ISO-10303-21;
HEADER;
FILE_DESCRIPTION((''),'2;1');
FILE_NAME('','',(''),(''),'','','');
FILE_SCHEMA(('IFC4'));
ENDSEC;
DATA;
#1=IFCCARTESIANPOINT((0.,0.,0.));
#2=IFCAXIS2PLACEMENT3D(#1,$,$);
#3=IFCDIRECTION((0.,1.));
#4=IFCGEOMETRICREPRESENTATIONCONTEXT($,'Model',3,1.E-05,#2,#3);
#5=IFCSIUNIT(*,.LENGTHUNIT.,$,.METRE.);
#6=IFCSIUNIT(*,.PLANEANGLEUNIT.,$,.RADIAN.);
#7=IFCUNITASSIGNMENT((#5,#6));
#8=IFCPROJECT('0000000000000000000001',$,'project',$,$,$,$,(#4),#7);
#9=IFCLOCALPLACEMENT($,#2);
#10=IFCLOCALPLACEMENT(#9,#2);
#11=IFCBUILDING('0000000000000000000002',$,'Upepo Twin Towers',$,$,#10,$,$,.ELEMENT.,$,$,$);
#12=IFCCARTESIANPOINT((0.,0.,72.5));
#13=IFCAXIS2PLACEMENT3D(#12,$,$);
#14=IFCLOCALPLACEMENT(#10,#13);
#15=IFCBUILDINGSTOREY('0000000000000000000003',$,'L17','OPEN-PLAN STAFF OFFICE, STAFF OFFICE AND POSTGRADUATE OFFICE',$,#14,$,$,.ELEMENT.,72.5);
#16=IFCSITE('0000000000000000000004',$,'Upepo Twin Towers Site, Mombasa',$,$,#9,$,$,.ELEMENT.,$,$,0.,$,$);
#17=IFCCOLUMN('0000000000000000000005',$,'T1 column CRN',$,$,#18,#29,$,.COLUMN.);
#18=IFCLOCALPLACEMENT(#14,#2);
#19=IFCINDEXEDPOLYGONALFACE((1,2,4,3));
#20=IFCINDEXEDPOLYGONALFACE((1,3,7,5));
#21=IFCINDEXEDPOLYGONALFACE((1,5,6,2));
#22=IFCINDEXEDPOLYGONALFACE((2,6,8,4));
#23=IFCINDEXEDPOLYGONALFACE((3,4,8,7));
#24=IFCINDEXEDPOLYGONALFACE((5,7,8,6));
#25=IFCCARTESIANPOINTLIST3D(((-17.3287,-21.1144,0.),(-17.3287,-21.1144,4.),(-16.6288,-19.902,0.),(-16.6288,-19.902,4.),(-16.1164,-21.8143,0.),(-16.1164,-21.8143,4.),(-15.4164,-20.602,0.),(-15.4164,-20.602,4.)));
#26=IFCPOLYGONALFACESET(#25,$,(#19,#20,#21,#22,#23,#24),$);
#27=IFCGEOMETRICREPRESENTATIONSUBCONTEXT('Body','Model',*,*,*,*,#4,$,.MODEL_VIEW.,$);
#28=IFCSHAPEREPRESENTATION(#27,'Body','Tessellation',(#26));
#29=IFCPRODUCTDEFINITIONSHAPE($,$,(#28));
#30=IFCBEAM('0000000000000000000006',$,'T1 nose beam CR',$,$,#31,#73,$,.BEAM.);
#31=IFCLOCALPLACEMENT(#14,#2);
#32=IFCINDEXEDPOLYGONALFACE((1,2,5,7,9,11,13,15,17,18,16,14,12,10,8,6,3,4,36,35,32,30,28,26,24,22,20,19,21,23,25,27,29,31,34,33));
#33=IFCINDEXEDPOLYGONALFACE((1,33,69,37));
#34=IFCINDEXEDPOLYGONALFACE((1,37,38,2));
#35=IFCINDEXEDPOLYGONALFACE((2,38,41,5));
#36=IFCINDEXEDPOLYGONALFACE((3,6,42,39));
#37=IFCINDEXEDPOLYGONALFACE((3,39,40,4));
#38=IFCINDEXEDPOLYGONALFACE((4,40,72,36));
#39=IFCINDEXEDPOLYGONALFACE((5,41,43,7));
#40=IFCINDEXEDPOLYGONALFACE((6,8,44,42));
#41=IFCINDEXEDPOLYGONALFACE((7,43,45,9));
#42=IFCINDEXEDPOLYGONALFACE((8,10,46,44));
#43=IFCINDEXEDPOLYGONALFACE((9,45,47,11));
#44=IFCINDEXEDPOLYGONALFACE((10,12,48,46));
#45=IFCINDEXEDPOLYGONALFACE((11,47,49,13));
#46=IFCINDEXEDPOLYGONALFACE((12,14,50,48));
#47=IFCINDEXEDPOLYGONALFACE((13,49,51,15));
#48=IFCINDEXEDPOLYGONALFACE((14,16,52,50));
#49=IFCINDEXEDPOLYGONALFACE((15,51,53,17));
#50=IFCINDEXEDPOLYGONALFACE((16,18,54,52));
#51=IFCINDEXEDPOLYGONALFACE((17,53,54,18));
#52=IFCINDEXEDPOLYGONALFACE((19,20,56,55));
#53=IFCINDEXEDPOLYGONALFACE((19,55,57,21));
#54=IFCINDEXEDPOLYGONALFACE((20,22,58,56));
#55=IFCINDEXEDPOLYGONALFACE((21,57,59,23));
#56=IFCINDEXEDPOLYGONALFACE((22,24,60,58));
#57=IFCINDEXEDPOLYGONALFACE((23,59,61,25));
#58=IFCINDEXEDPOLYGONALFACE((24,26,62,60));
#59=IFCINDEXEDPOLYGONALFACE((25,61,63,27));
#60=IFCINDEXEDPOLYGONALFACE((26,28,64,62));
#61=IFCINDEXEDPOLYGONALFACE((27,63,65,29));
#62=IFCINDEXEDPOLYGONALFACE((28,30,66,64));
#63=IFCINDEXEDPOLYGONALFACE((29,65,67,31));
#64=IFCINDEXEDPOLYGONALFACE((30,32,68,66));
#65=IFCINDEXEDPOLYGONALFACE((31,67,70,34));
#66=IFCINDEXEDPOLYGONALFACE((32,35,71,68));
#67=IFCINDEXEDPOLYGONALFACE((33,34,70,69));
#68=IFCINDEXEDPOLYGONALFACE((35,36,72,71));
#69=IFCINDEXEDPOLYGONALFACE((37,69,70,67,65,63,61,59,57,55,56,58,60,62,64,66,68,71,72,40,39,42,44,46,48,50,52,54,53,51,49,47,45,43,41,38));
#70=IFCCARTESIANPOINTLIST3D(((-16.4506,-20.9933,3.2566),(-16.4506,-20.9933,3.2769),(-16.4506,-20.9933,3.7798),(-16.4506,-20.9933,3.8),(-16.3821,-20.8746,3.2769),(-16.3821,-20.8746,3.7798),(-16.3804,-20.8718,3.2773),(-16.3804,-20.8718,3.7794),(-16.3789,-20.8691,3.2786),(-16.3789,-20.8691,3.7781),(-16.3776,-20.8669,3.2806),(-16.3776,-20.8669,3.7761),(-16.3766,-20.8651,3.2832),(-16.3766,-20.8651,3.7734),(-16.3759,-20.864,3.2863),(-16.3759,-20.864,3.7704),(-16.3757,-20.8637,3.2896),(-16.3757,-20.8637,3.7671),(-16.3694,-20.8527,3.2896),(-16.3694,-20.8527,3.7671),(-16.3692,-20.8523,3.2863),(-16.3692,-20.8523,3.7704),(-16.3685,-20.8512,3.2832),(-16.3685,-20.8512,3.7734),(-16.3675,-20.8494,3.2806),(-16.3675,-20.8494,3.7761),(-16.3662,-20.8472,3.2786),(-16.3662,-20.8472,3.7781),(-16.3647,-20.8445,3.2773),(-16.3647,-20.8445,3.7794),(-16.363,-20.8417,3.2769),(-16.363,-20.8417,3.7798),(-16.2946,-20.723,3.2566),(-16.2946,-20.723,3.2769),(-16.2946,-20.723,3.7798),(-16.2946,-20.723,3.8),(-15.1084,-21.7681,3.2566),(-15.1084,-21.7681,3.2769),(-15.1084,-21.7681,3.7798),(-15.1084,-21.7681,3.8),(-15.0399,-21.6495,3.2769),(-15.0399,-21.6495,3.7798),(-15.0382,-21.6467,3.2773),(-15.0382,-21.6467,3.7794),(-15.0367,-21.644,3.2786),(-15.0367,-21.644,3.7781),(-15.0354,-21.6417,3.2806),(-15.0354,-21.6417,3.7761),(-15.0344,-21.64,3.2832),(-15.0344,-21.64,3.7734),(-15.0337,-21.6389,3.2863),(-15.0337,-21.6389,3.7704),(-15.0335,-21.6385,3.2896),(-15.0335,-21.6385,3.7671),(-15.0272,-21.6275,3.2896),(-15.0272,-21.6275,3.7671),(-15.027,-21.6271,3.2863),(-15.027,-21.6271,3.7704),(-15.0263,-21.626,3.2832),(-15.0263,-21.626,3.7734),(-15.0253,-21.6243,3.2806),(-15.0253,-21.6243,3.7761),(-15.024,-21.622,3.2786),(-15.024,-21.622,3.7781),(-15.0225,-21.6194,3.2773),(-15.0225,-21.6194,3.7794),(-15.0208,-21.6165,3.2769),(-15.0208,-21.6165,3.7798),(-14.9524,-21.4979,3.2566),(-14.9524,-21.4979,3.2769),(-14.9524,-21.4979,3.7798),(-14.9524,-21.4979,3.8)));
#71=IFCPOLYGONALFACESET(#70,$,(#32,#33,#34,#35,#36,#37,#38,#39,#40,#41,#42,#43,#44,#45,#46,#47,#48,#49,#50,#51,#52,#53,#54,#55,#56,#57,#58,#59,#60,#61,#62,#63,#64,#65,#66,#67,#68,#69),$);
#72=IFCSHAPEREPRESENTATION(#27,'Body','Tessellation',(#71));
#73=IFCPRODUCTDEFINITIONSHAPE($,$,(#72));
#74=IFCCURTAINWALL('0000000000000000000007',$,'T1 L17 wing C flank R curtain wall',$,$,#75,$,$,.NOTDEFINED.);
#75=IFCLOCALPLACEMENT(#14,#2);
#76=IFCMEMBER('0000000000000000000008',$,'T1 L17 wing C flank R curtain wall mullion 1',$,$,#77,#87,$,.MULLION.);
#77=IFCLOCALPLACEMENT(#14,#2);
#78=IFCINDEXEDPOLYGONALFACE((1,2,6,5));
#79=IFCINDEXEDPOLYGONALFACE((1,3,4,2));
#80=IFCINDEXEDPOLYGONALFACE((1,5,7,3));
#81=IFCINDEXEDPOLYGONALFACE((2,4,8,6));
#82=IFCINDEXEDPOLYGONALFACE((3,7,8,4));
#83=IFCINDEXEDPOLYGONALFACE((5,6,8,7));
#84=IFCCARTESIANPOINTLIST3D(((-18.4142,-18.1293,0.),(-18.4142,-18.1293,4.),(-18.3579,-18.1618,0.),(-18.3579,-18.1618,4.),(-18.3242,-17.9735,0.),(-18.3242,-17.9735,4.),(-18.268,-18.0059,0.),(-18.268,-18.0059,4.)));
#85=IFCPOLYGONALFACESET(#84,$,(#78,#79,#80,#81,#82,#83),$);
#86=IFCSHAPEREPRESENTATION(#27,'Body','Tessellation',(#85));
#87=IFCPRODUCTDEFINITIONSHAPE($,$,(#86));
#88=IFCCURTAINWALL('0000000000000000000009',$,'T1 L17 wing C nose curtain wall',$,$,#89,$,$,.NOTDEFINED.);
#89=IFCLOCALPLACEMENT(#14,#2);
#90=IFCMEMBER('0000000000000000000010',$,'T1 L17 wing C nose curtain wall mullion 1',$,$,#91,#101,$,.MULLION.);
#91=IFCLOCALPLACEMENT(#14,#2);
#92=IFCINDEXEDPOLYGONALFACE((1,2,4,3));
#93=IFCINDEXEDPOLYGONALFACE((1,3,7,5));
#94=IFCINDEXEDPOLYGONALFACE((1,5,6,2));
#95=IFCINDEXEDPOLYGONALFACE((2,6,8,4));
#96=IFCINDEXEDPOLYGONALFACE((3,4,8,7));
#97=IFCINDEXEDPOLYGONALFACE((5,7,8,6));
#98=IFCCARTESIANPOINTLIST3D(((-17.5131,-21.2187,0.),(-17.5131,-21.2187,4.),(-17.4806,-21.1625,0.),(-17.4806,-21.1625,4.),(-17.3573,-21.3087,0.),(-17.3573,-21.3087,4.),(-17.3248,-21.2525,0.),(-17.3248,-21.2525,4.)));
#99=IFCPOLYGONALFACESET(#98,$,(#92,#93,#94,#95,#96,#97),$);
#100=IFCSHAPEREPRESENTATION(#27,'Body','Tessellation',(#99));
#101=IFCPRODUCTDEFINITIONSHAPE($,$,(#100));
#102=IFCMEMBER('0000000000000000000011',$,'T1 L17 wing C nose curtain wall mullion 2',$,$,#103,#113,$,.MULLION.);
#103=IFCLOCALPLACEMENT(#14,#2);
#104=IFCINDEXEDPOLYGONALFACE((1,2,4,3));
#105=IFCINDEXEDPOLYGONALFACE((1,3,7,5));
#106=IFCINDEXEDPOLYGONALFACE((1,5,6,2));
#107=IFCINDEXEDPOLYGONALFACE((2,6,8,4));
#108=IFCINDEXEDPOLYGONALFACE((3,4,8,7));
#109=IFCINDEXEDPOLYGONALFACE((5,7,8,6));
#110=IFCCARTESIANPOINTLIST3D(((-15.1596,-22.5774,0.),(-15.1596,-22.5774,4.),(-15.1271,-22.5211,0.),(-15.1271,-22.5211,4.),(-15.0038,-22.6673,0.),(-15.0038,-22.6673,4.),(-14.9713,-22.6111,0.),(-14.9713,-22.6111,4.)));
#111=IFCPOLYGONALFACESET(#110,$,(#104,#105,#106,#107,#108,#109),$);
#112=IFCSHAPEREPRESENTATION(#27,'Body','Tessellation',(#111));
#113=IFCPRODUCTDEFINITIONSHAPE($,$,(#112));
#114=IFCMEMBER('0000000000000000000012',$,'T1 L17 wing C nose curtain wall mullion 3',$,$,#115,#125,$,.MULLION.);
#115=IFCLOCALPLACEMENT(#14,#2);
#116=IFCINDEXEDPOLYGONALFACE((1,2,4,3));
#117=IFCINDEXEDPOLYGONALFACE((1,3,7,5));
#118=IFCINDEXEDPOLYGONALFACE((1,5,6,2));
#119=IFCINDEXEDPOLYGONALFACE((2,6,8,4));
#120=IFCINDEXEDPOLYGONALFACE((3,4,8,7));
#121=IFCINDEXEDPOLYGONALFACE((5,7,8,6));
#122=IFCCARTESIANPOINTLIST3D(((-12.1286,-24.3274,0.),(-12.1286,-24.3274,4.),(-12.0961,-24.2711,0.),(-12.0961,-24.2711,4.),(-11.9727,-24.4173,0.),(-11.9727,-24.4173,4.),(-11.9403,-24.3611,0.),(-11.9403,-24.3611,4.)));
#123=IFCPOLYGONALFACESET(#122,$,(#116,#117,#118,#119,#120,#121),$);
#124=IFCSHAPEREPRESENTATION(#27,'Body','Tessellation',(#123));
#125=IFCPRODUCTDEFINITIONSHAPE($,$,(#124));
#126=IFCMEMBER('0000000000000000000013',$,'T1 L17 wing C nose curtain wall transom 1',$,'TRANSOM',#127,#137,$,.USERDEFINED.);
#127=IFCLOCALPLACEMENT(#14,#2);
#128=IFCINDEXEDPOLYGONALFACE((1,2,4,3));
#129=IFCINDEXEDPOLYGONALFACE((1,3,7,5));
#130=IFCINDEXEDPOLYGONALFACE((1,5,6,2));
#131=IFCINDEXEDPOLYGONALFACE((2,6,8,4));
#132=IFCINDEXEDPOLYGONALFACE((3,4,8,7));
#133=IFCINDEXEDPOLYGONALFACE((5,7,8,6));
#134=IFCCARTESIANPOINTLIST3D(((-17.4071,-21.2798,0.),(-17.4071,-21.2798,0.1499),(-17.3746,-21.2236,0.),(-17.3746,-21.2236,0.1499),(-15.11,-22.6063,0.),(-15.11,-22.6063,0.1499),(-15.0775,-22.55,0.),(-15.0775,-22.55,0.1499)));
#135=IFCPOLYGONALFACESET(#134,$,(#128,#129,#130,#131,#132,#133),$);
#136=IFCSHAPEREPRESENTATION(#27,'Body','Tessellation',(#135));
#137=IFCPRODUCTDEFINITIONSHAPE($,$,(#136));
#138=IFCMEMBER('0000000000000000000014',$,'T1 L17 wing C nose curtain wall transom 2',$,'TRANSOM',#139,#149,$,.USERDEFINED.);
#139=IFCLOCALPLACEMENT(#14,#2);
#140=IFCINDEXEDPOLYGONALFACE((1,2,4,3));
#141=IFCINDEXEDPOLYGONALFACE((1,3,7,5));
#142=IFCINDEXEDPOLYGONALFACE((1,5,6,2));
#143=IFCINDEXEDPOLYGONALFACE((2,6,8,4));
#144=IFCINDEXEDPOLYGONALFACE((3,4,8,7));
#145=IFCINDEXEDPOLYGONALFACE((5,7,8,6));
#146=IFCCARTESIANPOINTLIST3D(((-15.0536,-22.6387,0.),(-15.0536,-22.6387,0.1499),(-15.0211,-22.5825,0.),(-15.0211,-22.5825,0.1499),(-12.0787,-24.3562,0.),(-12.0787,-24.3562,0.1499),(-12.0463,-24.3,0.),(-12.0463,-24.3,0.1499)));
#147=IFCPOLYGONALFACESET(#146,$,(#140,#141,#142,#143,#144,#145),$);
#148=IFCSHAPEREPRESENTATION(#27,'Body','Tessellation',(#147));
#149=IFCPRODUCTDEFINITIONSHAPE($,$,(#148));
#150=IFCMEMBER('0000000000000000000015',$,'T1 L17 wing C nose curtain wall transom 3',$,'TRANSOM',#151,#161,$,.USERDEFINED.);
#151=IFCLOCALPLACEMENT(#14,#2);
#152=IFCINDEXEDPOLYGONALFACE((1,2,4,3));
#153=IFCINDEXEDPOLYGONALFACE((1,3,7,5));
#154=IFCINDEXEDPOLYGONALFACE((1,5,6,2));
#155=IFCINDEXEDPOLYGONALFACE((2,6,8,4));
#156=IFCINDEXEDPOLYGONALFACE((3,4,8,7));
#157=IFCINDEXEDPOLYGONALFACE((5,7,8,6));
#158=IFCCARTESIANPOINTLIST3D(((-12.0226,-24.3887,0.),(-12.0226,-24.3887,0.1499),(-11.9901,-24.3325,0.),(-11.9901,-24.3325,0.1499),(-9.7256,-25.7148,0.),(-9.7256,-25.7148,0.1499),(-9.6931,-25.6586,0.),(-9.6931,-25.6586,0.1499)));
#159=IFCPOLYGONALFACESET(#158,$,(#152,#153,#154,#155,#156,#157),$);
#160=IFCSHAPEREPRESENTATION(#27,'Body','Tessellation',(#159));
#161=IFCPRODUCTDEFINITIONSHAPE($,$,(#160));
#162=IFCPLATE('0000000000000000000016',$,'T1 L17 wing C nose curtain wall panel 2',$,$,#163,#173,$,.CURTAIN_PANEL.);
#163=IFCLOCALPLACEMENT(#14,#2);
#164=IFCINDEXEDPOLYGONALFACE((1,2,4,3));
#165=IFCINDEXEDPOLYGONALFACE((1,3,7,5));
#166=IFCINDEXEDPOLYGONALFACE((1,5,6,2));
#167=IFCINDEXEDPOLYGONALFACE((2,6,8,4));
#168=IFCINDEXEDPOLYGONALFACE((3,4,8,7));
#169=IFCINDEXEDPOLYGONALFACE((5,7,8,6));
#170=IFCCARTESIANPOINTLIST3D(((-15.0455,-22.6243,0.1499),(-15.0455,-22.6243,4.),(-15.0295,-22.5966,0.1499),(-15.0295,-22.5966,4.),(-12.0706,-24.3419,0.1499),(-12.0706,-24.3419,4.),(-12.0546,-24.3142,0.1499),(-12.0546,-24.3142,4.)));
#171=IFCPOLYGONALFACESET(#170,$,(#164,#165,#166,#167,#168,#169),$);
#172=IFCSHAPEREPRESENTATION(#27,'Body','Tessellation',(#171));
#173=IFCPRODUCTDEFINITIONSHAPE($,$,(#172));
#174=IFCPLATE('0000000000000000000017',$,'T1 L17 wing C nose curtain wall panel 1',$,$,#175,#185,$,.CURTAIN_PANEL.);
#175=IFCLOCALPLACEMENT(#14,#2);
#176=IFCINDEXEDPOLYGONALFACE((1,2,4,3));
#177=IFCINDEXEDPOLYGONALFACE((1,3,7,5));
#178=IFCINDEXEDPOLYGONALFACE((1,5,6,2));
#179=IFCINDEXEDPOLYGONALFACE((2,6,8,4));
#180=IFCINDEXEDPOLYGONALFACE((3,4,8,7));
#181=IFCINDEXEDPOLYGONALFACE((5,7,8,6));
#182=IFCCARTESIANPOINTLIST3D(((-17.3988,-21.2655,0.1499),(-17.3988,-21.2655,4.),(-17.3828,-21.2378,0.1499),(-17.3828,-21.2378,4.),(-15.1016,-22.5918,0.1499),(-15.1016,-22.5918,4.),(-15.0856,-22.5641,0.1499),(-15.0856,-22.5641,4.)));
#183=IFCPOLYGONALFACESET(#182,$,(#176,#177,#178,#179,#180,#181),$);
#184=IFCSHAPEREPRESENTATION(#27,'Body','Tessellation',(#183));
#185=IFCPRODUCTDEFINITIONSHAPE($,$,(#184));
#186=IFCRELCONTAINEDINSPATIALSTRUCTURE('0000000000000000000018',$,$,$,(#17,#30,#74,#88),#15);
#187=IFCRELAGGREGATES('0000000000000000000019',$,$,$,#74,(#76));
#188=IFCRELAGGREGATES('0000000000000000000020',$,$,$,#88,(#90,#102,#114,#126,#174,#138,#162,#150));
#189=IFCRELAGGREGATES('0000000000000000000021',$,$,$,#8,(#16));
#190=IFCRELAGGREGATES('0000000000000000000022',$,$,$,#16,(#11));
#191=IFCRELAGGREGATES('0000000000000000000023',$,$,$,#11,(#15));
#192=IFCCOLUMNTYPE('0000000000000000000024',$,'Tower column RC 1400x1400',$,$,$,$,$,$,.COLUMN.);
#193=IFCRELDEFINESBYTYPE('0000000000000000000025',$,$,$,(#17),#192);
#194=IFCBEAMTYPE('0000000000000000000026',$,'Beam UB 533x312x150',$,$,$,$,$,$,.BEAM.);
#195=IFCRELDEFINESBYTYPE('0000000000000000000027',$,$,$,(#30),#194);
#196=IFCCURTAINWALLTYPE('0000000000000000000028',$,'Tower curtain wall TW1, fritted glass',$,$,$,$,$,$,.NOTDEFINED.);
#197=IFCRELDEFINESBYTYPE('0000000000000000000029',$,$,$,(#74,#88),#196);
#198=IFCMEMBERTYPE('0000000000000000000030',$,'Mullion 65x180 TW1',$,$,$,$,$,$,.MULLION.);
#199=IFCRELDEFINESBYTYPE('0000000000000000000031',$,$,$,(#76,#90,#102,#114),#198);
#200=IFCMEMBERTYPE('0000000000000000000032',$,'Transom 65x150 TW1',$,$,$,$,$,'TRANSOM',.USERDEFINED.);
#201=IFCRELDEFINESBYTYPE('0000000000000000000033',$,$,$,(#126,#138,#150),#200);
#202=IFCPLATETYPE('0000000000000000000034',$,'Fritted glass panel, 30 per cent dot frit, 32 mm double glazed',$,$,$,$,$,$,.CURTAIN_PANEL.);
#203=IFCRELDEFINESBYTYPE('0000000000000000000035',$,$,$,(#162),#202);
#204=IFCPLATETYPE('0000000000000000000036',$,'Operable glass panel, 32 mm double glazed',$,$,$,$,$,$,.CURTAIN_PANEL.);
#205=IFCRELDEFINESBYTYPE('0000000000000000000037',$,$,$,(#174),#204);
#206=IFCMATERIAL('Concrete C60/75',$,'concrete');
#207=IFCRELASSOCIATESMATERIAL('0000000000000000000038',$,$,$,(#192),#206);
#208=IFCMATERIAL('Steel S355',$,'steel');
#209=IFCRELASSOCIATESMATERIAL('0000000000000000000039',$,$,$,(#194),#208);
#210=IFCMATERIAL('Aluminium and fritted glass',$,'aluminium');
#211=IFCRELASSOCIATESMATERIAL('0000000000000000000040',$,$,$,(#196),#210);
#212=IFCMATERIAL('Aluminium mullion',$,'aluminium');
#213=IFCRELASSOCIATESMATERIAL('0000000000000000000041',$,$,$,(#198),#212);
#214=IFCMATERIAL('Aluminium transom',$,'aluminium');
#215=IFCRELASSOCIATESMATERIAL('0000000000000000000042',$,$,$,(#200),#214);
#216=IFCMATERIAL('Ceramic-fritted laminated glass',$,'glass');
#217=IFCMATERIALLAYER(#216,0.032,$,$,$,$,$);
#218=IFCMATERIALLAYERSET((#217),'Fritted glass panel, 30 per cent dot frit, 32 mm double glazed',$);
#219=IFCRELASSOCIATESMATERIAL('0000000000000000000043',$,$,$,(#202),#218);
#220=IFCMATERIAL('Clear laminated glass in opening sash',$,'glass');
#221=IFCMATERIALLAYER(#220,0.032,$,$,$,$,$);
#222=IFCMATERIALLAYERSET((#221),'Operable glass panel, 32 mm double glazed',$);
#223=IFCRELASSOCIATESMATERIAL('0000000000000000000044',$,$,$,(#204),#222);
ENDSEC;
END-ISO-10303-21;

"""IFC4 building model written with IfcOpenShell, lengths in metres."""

from ifc_helpers import new_model, si_unit, direction, frame, origin, origin_2d, place, context, subcontext, project, spatial, rectangle, i_section, extrude, material, layer, layer_set, material_profile, profile_set, type_object, element, aggregate, save


model = new_model("IFC4")

# Units and contexts
model_context = context("Model", 3, precision=1e-05, world=origin(), true_north=direction((0.0, 1.0)))
body_context = subcontext(model_context, "Body", "Model", "MODEL_VIEW")
ifc_project = project(units=[si_unit("LENGTHUNIT", "METRE"), si_unit("PLANEANGLEUNIT", "RADIAN")], contexts=[model_context])

# Site, building, storey
site_placement = place(None, origin())
site = spatial("IfcSite", under=ifc_project, at=site_placement, Name="Upepo Twin Towers Site, Mombasa", CompositionType="ELEMENT", RefElevation=0.0)
building_placement = place(site_placement, origin())
building = spatial("IfcBuilding", under=site, at=building_placement, Name="Upepo Twin Towers", CompositionType="ELEMENT")
storey_placement = place(building_placement, frame((0.0, 0.0, 72.5)))
storey = spatial("IfcBuildingStorey", under=building, at=storey_placement, Name="L17", Description="OPEN-PLAN STAFF OFFICE, STAFF OFFICE AND POSTGRADUATE OFFICE", CompositionType="ELEMENT", Elevation=72.5)

# Column
ifc_material_1 = material(Name="Concrete C60/75", Category="concrete")
ifc_material_profile_1 = material_profile(ifc_material_1, rectangle(XDim=1.3999, YDim=1.3999, at=origin_2d()), Name="RC 1400x1400")
ifc_profile_set_1 = profile_set([ifc_material_profile_1], Name="Concrete C60/75")
column_type = type_object("IfcColumnType", Name="Tower column RC 1400x1400", PredefinedType="COLUMN", material=ifc_profile_set_1)
column_placement = place(storey_placement, frame((-16.3726, -20.8582, 0.0), z_axis=(0.0, 0.0, 1.0), x_axis=(0.5, 0.866025, 0.0)))
element("IfcColumn", 1, at=column_placement, inside=storey, type_object=column_type, Name="T1 column CRN", PredefinedType="COLUMN", context=body_context, shape_type="SweptSolid", body=[
    extrude(rectangle(XDim=1.3999, YDim=1.3999, at=origin_2d()), origin(), (0.0, 0.0, 1.0), 4.0),
])

# Beam
ifc_material_2 = material(Name="Steel S355", Category="steel")
ifc_material_profile_2 = material_profile(ifc_material_2, i_section(OverallWidth=0.312, OverallDepth=0.5435, WebThickness=0.0127, FlangeThickness=0.0203, FilletRadius=0.0127, at=origin_2d()), Name="UB 533x312x150")
ifc_profile_set_2 = profile_set([ifc_material_profile_2], Name="Steel S355")
beam_type = type_object("IfcBeamType", Name="Beam UB 533x312x150", PredefinedType="BEAM", material=ifc_profile_set_2)
beam_placement = place(storey_placement, frame((-16.3726, -20.8582, 3.5283), z_axis=(0.866044, -0.499968, 0.0), x_axis=(0.499968, 0.866044, 0.0)))
element("IfcBeam", 2, at=beam_placement, inside=storey, type_object=beam_type, Name="T1 nose beam CR", PredefinedType="BEAM", context=body_context, shape_type="SweptSolid", body=[
    extrude(i_section(OverallWidth=0.312, OverallDepth=0.5435, WebThickness=0.0127, FlangeThickness=0.0203, FilletRadius=0.0127, at=origin_2d()), origin(), (0.0, 0.0, 1.0), 1.5498),
])

# Curtain wall, member
ifc_material_3 = material(Name="Aluminium and fritted glass", Category="aluminium")
curtain_wall_type = type_object("IfcCurtainWallType", Name="Tower curtain wall TW1, fritted glass", PredefinedType="NOTDEFINED", material=ifc_material_3)
curtain_wall_1_placement = place(storey_placement, origin())
curtain_wall_1 = element("IfcCurtainWall", 3, at=curtain_wall_1_placement, inside=storey, type_object=curtain_wall_type, Name="T1 L17 wing C flank R curtain wall", PredefinedType="NOTDEFINED")
ifc_material_4 = material(Name="Aluminium mullion", Category="aluminium")
ifc_material_profile_3 = material_profile(ifc_material_4, rectangle(XDim=0.0649, YDim=0.1799, at=origin_2d()), Name="MULLION 65x180")
ifc_profile_set_3 = profile_set([ifc_material_profile_3], Name="Aluminium mullion")
member_type_1 = type_object("IfcMemberType", Name="Mullion 65x180 TW1", PredefinedType="MULLION", material=ifc_profile_set_3)
member_1_placement = place(storey_placement, frame((-18.3411, -18.0676, 0.0), z_axis=(0.0, 0.0, 1.0), x_axis=(-0.866025, 0.5, 0.0)))
member_1 = element("IfcMember", 4, at=member_1_placement, type_object=member_type_1, Name="T1 L17 wing C flank R curtain wall mullion 1", PredefinedType="MULLION", context=body_context, shape_type="SweptSolid", body=[
    extrude(rectangle(XDim=0.0649, YDim=0.1799, at=origin_2d()), origin(), (0.0, 0.0, 1.0), 4.0),
])
aggregate(curtain_wall_1, [member_1])

# Curtain wall, members, plates
curtain_wall_2_placement = place(storey_placement, origin())
curtain_wall_2 = element("IfcCurtainWall", 5, at=curtain_wall_2_placement, inside=storey, type_object=curtain_wall_type, Name="T1 L17 wing C nose curtain wall", PredefinedType="NOTDEFINED")
member_2_placement = place(storey_placement, frame((-17.4189, -21.2356, 0.0), z_axis=(0.0, 0.0, 1.0), x_axis=(0.5, 0.866025, 0.0)))
member_2 = element("IfcMember", 6, at=member_2_placement, type_object=member_type_1, Name="T1 L17 wing C nose curtain wall mullion 1", PredefinedType="MULLION", context=body_context, shape_type="SweptSolid", body=[
    extrude(rectangle(XDim=0.0649, YDim=0.1799, at=origin_2d()), origin(), (0.0, 0.0, 1.0), 4.0),
])
member_3_placement = place(storey_placement, frame((-15.0654, -22.5942, 0.0), z_axis=(0.0, 0.0, 1.0), x_axis=(0.5, 0.866025, 0.0)))
member_3 = element("IfcMember", 7, at=member_3_placement, type_object=member_type_1, Name="T1 L17 wing C nose curtain wall mullion 2", PredefinedType="MULLION", context=body_context, shape_type="SweptSolid", body=[
    extrude(rectangle(XDim=0.0649, YDim=0.1799, at=origin_2d()), origin(), (0.0, 0.0, 1.0), 4.0),
])
member_4_placement = place(storey_placement, frame((-12.0344, -24.3442, 0.0), z_axis=(0.0, 0.0, 1.0), x_axis=(0.5, 0.866025, 0.0)))
member_4 = element("IfcMember", 8, at=member_4_placement, type_object=member_type_1, Name="T1 L17 wing C nose curtain wall mullion 3", PredefinedType="MULLION", context=body_context, shape_type="SweptSolid", body=[
    extrude(rectangle(XDim=0.0649, YDim=0.1799, at=origin_2d()), origin(), (0.0, 0.0, 1.0), 4.0),
])
ifc_material_5 = material(Name="Aluminium transom", Category="aluminium")
ifc_material_profile_4 = material_profile(ifc_material_5, rectangle(XDim=0.0649, YDim=0.1499, at=origin_2d()), Name="TRANSOM 65x150")
ifc_profile_set_4 = profile_set([ifc_material_profile_4], Name="Aluminium transom")
member_type_2 = type_object("IfcMemberType", Name="Transom 65x150 TW1", ElementType="TRANSOM", PredefinedType="USERDEFINED", material=ifc_profile_set_4)
member_5_placement = place(storey_placement, frame((-17.3909, -21.2517, 0.075), z_axis=(0.865997, -0.500049, 0.0), x_axis=(0.500049, 0.865997, 0.0)))
member_5 = element("IfcMember", 9, at=member_5_placement, type_object=member_type_2, Name="T1 L17 wing C nose curtain wall transom 1", ObjectType="TRANSOM", PredefinedType="USERDEFINED", context=body_context, shape_type="SweptSolid", body=[
    extrude(rectangle(XDim=0.0649, YDim=0.1499, at=origin_2d()), origin(), (0.0, 0.0, 1.0), 2.6526),
])
member_6_placement = place(storey_placement, frame((-15.0374, -22.6106, 0.075), z_axis=(0.866026, -0.499999, 0.0), x_axis=(0.499999, 0.866026, 0.0)))
member_6 = element("IfcMember", 10, at=member_6_placement, type_object=member_type_2, Name="T1 L17 wing C nose curtain wall transom 2", ObjectType="TRANSOM", PredefinedType="USERDEFINED", context=body_context, shape_type="SweptSolid", body=[
    extrude(rectangle(XDim=0.0649, YDim=0.1499, at=origin_2d()), origin(), (0.0, 0.0, 1.0), 3.4351),
])
member_7_placement = place(storey_placement, frame((-12.0063, -24.3606, 0.075), z_axis=(0.866037, -0.49998, 0.0), x_axis=(0.49998, 0.866037, 0.0)))
member_7 = element("IfcMember", 11, at=member_7_placement, type_object=member_type_2, Name="T1 L17 wing C nose curtain wall transom 3", ObjectType="TRANSOM", PredefinedType="USERDEFINED", context=body_context, shape_type="SweptSolid", body=[
    extrude(rectangle(XDim=0.0649, YDim=0.1499, at=origin_2d()), origin(), (0.0, 0.0, 1.0), 2.6523),
])
ifc_material_6 = material(Name="Ceramic-fritted laminated glass", Category="glass")
ifc_layer_1 = layer(ifc_material_6, 0.032)
ifc_layer_set_1 = layer_set([ifc_layer_1], Name="Fritted glass panel, 30 per cent dot frit, 32 mm double glazed")
plate_type_1 = type_object("IfcPlateType", Name="Fritted glass panel, 30 per cent dot frit, 32 mm double glazed", PredefinedType="CURTAIN_PANEL", material=ifc_layer_set_1)
plate_1_placement = place(storey_placement, frame((-13.55, -23.4692, 0.1499), z_axis=(0.0, 0.0, 1.0), x_axis=(0.866025, -0.5, 0.0)))
plate_1 = element("IfcPlate", 12, at=plate_1_placement, type_object=plate_type_1, Name="T1 L17 wing C nose curtain wall panel 2", PredefinedType="CURTAIN_PANEL", context=body_context, shape_type="SweptSolid", body=[
    extrude(rectangle(XDim=3.4351, YDim=0.032, at=origin_2d()), origin(), (0.0, 0.0, 1.0), 3.8501),
])
ifc_material_7 = material(Name="Clear laminated glass in opening sash", Category="glass")
ifc_layer_2 = layer(ifc_material_7, 0.032)
ifc_layer_set_2 = layer_set([ifc_layer_2], Name="Operable glass panel, 32 mm double glazed")
plate_type_2 = type_object("IfcPlateType", Name="Operable glass panel, 32 mm double glazed", PredefinedType="CURTAIN_PANEL", material=ifc_layer_set_2)
plate_2_placement = place(storey_placement, frame((-16.2422, -21.9148, 0.1499), z_axis=(0.0, 0.0, 1.0), x_axis=(0.866025, -0.5, 0.0)))
plate_2 = element("IfcPlate", 13, at=plate_2_placement, type_object=plate_type_2, Name="T1 L17 wing C nose curtain wall panel 1", PredefinedType="CURTAIN_PANEL", context=body_context, shape_type="SweptSolid", body=[
    extrude(rectangle(XDim=2.6526, YDim=0.032, at=origin_2d()), origin(), (0.0, 0.0, 1.0), 3.8501),
])
aggregate(curtain_wall_2, [member_2, member_3, member_4, member_5, plate_2, member_6, plate_1, member_7])

save(model, "model.ifc")
